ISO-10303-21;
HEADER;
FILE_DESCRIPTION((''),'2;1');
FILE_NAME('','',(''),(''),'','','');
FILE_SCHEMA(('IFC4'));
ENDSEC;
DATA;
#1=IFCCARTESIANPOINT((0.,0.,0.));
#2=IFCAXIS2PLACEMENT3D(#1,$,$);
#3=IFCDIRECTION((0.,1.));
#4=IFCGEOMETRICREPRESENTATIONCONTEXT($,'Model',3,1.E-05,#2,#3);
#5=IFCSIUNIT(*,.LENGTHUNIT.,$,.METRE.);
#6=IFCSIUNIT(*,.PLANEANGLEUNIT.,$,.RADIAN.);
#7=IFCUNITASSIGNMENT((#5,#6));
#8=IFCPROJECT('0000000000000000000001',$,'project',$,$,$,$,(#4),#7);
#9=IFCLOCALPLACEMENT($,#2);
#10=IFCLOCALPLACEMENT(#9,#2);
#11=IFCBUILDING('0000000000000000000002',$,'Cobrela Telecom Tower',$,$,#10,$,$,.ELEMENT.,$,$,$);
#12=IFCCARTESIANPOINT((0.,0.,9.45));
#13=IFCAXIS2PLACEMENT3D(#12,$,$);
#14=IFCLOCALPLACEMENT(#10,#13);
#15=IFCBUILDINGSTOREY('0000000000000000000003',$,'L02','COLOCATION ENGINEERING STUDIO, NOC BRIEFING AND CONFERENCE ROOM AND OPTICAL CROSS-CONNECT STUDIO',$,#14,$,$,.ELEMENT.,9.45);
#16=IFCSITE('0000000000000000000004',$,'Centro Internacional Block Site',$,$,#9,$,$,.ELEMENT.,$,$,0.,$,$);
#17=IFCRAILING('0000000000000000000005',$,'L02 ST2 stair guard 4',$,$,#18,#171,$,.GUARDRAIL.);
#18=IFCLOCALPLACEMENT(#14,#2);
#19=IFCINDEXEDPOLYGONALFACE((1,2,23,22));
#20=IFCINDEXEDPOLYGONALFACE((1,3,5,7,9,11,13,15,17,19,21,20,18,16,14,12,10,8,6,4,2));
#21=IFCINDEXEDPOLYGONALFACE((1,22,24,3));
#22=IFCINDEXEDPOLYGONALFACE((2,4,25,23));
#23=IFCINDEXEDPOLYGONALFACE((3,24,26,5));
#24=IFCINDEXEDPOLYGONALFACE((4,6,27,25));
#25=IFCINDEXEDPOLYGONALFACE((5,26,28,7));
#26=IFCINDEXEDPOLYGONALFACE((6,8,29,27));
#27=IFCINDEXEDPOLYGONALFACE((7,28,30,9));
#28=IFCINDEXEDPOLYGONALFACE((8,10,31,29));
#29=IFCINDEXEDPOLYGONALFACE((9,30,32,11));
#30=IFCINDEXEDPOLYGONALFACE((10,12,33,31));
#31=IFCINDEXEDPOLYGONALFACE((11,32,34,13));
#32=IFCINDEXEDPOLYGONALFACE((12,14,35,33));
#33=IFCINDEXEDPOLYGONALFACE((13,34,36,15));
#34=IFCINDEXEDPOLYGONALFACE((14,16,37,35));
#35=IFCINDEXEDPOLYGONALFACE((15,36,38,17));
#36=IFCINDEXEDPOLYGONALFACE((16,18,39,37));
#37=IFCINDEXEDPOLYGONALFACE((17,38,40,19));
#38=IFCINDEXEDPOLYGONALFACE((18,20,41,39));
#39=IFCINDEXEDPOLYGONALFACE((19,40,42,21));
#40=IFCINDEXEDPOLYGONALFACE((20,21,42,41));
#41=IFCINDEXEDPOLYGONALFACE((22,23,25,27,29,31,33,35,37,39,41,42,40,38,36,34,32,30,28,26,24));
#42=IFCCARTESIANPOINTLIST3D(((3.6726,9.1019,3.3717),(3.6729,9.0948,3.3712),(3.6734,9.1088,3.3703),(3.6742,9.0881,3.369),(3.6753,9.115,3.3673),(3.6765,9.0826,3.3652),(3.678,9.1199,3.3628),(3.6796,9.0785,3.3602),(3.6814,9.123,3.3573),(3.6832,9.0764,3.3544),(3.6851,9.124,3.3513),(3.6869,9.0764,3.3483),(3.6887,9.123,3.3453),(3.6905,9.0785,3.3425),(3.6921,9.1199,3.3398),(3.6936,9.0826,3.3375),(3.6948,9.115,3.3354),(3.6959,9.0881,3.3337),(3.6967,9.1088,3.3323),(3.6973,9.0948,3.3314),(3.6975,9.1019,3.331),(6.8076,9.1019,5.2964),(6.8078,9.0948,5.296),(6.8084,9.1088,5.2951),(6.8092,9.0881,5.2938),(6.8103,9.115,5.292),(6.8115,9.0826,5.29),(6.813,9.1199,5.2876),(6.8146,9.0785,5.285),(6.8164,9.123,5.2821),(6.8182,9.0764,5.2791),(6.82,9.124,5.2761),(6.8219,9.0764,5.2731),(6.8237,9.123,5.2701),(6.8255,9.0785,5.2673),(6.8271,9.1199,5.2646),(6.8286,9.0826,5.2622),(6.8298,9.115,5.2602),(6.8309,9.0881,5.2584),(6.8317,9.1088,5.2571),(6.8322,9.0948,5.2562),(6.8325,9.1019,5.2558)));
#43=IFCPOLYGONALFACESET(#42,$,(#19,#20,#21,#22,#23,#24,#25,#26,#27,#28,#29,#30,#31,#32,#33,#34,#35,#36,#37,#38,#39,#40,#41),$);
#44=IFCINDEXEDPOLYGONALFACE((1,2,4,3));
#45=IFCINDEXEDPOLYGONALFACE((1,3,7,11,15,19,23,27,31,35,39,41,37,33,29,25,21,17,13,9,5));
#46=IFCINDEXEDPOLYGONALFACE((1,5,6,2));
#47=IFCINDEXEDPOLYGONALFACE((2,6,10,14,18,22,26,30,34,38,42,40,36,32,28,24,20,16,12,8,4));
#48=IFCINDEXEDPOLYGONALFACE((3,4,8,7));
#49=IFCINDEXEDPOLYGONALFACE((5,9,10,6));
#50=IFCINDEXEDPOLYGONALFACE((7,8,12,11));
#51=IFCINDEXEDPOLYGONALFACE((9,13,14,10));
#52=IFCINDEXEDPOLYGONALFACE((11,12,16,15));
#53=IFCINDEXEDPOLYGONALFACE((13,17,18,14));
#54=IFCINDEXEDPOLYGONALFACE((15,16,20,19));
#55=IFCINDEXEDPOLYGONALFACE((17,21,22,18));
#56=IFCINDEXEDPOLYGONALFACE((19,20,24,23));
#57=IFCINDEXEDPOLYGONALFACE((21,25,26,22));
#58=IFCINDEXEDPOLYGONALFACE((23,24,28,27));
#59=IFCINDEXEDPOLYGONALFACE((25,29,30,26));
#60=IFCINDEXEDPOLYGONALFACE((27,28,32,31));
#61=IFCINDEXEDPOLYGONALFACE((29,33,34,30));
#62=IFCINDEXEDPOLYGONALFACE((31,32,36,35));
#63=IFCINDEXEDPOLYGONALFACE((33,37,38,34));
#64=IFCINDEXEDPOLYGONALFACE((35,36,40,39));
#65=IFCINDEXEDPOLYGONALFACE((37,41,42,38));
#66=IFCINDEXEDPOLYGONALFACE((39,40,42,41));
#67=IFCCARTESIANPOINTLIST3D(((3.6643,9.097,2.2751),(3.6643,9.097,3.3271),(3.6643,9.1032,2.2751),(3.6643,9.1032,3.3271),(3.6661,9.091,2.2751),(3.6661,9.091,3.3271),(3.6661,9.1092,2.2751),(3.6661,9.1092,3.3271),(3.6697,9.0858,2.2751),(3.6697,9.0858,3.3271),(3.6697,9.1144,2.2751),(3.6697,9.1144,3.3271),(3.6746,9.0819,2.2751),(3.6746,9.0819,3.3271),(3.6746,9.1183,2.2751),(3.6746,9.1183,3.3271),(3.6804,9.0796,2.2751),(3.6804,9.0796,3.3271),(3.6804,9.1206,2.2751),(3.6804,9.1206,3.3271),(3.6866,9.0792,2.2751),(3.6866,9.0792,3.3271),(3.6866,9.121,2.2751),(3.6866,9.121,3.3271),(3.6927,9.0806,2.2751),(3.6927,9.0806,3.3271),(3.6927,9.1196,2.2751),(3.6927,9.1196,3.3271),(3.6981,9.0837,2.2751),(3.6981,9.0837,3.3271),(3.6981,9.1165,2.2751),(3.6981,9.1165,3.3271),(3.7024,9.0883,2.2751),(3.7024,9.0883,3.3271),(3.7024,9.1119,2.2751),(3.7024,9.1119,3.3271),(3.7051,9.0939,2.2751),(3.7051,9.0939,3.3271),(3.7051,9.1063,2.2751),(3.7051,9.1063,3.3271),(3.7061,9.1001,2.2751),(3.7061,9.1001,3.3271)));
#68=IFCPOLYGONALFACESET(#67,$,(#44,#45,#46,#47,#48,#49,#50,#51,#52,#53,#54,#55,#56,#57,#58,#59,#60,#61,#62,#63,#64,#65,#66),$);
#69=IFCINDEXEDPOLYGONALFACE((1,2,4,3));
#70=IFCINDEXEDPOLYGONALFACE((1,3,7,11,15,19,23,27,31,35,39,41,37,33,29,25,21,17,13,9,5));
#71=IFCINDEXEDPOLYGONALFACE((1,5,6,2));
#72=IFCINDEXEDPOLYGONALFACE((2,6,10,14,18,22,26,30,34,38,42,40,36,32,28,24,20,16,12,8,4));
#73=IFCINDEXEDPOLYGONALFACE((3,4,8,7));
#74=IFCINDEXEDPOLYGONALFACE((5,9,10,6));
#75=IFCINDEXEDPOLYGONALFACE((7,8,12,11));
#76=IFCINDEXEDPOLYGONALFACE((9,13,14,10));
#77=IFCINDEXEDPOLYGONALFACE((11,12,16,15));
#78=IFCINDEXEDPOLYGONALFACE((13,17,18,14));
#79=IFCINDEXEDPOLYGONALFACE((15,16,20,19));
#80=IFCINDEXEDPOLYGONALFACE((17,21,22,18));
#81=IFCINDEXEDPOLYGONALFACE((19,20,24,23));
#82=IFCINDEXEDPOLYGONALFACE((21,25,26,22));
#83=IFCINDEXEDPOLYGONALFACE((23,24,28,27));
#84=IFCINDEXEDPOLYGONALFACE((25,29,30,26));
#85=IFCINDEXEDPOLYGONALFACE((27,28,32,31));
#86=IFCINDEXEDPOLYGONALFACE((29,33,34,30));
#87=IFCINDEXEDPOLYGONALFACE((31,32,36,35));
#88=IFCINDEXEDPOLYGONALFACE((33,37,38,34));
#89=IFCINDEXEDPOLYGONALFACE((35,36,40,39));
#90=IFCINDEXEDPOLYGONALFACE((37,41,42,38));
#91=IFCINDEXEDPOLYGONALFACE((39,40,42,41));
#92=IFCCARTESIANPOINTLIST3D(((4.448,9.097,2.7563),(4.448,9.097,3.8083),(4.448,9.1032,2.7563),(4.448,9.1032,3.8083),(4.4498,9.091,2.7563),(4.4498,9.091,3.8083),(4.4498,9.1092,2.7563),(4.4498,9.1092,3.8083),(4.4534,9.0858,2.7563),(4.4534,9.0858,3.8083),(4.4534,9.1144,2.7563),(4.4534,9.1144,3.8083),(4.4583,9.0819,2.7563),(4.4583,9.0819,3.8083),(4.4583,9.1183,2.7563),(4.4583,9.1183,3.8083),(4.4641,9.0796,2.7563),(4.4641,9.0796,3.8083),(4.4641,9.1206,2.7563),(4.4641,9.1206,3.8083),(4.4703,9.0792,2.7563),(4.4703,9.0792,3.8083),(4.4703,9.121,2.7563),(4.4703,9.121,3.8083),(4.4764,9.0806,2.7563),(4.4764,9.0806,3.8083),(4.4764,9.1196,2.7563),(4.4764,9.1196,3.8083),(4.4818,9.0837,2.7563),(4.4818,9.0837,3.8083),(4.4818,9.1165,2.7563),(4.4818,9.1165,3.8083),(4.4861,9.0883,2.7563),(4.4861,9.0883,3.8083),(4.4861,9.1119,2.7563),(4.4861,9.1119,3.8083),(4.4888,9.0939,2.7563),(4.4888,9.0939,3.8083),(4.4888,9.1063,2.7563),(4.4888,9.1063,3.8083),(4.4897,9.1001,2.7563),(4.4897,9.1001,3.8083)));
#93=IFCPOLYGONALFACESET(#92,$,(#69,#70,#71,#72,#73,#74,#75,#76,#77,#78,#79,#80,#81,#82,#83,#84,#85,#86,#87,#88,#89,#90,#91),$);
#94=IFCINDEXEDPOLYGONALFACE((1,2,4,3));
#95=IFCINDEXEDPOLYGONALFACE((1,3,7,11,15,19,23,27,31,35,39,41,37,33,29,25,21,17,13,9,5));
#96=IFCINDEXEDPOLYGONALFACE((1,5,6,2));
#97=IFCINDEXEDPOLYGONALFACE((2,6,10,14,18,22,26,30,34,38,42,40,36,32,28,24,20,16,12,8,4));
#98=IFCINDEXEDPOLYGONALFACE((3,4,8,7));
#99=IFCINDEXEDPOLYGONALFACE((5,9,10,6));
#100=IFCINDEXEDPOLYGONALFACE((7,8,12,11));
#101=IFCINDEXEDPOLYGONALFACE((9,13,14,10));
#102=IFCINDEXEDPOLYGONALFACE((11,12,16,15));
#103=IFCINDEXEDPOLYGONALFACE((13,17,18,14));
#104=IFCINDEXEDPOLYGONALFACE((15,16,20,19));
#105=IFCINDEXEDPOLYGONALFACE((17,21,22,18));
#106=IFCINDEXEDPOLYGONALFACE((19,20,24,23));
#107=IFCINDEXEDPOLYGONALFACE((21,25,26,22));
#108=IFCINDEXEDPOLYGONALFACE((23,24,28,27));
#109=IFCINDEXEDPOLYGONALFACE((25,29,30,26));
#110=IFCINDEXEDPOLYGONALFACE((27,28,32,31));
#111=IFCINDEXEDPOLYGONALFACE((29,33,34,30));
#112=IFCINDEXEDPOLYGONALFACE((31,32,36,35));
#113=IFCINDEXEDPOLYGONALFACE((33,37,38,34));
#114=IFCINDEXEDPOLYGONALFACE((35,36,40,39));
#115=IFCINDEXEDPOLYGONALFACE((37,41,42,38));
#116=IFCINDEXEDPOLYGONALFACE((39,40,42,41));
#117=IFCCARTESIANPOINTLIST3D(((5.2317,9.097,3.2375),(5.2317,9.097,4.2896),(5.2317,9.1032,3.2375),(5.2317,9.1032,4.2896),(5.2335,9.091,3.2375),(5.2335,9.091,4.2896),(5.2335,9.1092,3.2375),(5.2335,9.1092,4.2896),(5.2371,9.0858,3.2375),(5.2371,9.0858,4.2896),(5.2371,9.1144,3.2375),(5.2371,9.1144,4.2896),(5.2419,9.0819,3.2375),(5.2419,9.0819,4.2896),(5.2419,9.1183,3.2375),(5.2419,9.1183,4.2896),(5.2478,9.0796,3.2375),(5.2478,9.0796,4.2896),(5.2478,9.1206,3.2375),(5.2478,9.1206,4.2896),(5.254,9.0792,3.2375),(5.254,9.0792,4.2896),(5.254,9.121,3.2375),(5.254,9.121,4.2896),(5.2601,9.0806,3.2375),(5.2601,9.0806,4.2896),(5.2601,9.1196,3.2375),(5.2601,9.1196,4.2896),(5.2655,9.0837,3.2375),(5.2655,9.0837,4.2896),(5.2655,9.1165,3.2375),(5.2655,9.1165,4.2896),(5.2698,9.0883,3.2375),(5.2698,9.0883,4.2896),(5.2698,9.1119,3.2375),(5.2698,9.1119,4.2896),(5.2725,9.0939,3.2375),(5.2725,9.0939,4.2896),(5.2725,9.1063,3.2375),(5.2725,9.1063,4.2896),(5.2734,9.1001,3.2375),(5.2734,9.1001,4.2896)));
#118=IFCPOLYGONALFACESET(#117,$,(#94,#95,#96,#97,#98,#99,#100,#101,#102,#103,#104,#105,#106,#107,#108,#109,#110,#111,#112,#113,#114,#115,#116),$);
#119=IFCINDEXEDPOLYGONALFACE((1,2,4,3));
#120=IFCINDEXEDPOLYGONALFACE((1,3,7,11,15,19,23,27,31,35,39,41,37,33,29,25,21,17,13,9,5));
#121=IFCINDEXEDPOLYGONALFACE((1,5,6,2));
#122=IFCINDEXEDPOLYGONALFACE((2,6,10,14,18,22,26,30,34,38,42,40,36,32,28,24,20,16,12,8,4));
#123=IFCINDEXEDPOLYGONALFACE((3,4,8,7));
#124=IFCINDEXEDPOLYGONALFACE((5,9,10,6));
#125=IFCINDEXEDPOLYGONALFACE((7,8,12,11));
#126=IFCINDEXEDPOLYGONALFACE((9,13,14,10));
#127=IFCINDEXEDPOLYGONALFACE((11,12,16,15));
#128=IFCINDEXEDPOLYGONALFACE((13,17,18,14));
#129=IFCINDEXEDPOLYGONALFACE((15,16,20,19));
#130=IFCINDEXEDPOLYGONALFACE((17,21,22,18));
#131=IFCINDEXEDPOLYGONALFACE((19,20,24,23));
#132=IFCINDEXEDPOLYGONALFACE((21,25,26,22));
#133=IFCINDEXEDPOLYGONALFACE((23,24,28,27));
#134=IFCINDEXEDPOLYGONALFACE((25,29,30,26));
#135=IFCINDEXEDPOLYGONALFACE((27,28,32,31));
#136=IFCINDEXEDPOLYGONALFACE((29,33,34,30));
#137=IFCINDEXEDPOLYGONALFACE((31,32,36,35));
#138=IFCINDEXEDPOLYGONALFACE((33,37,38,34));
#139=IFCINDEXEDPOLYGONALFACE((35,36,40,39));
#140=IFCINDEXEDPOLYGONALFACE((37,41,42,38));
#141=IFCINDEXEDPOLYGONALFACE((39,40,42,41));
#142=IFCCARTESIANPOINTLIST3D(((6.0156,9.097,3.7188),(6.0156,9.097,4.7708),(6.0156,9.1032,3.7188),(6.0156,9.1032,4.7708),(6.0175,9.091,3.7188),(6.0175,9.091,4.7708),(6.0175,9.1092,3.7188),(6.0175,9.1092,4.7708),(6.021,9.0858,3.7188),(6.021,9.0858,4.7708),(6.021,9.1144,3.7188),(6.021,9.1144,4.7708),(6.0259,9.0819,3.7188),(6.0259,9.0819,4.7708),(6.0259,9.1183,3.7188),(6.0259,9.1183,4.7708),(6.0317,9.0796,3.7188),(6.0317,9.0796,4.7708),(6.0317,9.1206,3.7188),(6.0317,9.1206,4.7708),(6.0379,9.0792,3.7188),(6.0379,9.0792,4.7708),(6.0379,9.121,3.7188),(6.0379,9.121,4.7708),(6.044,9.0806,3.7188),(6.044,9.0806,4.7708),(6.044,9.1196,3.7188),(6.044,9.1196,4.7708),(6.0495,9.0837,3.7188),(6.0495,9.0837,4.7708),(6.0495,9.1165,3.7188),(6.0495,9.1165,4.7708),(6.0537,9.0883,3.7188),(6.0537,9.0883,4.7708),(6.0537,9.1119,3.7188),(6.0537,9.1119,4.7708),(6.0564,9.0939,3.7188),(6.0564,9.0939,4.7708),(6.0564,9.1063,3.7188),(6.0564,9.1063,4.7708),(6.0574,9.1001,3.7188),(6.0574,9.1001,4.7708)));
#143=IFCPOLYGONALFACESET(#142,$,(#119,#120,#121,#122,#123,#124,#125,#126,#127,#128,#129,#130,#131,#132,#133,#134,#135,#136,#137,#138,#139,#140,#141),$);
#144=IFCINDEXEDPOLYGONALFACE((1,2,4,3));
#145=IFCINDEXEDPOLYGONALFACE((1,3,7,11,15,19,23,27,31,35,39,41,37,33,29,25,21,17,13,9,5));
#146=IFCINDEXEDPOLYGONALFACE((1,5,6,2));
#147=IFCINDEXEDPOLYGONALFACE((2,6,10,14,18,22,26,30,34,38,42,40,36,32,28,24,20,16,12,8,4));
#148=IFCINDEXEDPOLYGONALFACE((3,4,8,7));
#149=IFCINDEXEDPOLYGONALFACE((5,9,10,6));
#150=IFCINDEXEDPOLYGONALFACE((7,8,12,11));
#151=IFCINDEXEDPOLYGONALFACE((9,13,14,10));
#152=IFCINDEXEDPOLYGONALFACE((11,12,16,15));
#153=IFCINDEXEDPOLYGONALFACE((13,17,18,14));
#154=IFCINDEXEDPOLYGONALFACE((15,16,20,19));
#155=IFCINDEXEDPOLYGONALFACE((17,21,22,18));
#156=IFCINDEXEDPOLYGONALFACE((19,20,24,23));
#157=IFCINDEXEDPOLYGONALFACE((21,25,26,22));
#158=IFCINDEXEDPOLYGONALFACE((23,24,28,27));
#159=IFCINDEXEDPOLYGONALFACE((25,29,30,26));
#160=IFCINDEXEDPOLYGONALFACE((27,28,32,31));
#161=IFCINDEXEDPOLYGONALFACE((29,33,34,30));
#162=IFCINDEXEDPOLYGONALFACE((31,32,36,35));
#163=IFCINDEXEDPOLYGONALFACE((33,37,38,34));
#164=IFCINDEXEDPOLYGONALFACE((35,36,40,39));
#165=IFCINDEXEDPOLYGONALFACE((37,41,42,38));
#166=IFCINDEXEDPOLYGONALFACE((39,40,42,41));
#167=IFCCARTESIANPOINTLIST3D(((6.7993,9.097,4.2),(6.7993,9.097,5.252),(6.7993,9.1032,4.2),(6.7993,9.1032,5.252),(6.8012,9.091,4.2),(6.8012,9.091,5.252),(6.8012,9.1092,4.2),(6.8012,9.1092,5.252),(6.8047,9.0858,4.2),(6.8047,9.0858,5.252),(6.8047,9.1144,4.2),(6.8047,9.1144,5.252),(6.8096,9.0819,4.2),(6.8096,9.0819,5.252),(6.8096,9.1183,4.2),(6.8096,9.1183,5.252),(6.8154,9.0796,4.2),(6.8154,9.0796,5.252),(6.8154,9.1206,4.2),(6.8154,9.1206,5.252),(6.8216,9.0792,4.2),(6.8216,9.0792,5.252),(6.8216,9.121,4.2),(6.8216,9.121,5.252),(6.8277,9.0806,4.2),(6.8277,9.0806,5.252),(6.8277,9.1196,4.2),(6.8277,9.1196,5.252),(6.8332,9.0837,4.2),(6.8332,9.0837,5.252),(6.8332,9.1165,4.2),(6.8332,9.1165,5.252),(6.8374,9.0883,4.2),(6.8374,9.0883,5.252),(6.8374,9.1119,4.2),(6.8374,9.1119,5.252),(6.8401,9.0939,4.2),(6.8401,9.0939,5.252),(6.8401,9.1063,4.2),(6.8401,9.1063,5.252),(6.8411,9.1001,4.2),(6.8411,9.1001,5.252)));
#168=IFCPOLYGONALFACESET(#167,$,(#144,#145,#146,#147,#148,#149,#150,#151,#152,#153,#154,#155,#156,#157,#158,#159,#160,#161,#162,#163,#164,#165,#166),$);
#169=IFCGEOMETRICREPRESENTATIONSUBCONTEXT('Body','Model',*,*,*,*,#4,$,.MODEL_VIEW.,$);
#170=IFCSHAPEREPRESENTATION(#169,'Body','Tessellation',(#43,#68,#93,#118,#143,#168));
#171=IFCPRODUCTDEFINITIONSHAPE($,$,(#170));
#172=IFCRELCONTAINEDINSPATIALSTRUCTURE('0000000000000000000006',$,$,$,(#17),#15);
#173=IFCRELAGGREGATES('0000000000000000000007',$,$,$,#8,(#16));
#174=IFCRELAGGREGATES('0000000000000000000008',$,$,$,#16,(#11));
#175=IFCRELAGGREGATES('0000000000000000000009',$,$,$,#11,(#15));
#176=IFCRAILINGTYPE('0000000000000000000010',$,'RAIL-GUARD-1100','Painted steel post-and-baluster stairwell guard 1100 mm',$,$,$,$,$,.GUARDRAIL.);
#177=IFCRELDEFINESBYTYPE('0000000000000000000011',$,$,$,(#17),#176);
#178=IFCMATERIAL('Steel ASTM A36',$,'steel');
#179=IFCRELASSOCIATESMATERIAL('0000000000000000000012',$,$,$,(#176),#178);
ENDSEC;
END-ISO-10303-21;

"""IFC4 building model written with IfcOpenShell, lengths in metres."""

from ifc_helpers import new_model, si_unit, direction, frame, origin, origin_2d, place, context, subcontext, project, spatial, circle, extrude, material, type_object, element, save


model = new_model("IFC4")

# Units and contexts
model_context = context("Model", 3, precision=1e-05, world=origin(), true_north=direction((0.0, 1.0)))
body_context = subcontext(model_context, "Body", "Model", "MODEL_VIEW")
ifc_project = project(units=[si_unit("LENGTHUNIT", "METRE"), si_unit("PLANEANGLEUNIT", "RADIAN")], contexts=[model_context])

# Site, building, storey
site_placement = place(None, origin())
site = spatial("IfcSite", under=ifc_project, at=site_placement, Name="Centro Internacional Block Site", CompositionType="ELEMENT", RefElevation=0.0)
building_placement = place(site_placement, origin())
building = spatial("IfcBuilding", under=site, at=building_placement, Name="Cobrela Telecom Tower", CompositionType="ELEMENT")
storey_placement = place(building_placement, frame((0.0, 0.0, 9.45)))
storey = spatial("IfcBuildingStorey", under=building, at=storey_placement, Name="L02", Description="COLOCATION ENGINEERING STUDIO, NOC BRIEFING AND CONFERENCE ROOM AND OPTICAL CROSS-CONNECT STUDIO", CompositionType="ELEMENT", Elevation=9.45)

# Railing
ifc_material_1 = material(Name="Steel ASTM A36", Category="steel")
railing_type = type_object("IfcRailingType", Name="RAIL-GUARD-1100", Description="Painted steel post-and-baluster stairwell guard 1100 mm", PredefinedType="GUARDRAIL", material=ifc_material_1)
railing_1_placement = place(storey_placement, frame((3.6851, 9.1001, 2.2751)))
element("IfcRailing", 1, at=railing_1_placement, inside=storey, type_object=railing_type, Name="L02 ST2 stair guard 4", PredefinedType="GUARDRAIL", context=body_context, shape_type="SweptSolid", body=[
    extrude(circle(Radius=0.0239, at=origin_2d()), frame((0.0, 0.0, 1.0762), z_axis=(0.852196, 0.0, 0.523223), x_axis=(0.0, 1.0, 0.0)), (0.0, 0.0, 1.0), 3.6787),
    extrude(circle(Radius=0.021, at=origin_2d()), origin(), (0.0, 0.0, 1.0), 1.052),
    extrude(circle(Radius=0.021, at=origin_2d()), frame((0.7837, 0.0, 0.4812)), (0.0, 0.0, 1.0), 1.052),
    extrude(circle(Radius=0.021, at=origin_2d()), frame((1.5674, 0.0, 0.9624)), (0.0, 0.0, 1.0), 1.052),
    extrude(circle(Radius=0.021, at=origin_2d()), frame((2.3513, 0.0, 1.4436)), (0.0, 0.0, 1.0), 1.052),
    extrude(circle(Radius=0.021, at=origin_2d()), frame((3.135, 0.0, 1.9248)), (0.0, 0.0, 1.0), 1.052),
])

save(model, "model.ifc")
